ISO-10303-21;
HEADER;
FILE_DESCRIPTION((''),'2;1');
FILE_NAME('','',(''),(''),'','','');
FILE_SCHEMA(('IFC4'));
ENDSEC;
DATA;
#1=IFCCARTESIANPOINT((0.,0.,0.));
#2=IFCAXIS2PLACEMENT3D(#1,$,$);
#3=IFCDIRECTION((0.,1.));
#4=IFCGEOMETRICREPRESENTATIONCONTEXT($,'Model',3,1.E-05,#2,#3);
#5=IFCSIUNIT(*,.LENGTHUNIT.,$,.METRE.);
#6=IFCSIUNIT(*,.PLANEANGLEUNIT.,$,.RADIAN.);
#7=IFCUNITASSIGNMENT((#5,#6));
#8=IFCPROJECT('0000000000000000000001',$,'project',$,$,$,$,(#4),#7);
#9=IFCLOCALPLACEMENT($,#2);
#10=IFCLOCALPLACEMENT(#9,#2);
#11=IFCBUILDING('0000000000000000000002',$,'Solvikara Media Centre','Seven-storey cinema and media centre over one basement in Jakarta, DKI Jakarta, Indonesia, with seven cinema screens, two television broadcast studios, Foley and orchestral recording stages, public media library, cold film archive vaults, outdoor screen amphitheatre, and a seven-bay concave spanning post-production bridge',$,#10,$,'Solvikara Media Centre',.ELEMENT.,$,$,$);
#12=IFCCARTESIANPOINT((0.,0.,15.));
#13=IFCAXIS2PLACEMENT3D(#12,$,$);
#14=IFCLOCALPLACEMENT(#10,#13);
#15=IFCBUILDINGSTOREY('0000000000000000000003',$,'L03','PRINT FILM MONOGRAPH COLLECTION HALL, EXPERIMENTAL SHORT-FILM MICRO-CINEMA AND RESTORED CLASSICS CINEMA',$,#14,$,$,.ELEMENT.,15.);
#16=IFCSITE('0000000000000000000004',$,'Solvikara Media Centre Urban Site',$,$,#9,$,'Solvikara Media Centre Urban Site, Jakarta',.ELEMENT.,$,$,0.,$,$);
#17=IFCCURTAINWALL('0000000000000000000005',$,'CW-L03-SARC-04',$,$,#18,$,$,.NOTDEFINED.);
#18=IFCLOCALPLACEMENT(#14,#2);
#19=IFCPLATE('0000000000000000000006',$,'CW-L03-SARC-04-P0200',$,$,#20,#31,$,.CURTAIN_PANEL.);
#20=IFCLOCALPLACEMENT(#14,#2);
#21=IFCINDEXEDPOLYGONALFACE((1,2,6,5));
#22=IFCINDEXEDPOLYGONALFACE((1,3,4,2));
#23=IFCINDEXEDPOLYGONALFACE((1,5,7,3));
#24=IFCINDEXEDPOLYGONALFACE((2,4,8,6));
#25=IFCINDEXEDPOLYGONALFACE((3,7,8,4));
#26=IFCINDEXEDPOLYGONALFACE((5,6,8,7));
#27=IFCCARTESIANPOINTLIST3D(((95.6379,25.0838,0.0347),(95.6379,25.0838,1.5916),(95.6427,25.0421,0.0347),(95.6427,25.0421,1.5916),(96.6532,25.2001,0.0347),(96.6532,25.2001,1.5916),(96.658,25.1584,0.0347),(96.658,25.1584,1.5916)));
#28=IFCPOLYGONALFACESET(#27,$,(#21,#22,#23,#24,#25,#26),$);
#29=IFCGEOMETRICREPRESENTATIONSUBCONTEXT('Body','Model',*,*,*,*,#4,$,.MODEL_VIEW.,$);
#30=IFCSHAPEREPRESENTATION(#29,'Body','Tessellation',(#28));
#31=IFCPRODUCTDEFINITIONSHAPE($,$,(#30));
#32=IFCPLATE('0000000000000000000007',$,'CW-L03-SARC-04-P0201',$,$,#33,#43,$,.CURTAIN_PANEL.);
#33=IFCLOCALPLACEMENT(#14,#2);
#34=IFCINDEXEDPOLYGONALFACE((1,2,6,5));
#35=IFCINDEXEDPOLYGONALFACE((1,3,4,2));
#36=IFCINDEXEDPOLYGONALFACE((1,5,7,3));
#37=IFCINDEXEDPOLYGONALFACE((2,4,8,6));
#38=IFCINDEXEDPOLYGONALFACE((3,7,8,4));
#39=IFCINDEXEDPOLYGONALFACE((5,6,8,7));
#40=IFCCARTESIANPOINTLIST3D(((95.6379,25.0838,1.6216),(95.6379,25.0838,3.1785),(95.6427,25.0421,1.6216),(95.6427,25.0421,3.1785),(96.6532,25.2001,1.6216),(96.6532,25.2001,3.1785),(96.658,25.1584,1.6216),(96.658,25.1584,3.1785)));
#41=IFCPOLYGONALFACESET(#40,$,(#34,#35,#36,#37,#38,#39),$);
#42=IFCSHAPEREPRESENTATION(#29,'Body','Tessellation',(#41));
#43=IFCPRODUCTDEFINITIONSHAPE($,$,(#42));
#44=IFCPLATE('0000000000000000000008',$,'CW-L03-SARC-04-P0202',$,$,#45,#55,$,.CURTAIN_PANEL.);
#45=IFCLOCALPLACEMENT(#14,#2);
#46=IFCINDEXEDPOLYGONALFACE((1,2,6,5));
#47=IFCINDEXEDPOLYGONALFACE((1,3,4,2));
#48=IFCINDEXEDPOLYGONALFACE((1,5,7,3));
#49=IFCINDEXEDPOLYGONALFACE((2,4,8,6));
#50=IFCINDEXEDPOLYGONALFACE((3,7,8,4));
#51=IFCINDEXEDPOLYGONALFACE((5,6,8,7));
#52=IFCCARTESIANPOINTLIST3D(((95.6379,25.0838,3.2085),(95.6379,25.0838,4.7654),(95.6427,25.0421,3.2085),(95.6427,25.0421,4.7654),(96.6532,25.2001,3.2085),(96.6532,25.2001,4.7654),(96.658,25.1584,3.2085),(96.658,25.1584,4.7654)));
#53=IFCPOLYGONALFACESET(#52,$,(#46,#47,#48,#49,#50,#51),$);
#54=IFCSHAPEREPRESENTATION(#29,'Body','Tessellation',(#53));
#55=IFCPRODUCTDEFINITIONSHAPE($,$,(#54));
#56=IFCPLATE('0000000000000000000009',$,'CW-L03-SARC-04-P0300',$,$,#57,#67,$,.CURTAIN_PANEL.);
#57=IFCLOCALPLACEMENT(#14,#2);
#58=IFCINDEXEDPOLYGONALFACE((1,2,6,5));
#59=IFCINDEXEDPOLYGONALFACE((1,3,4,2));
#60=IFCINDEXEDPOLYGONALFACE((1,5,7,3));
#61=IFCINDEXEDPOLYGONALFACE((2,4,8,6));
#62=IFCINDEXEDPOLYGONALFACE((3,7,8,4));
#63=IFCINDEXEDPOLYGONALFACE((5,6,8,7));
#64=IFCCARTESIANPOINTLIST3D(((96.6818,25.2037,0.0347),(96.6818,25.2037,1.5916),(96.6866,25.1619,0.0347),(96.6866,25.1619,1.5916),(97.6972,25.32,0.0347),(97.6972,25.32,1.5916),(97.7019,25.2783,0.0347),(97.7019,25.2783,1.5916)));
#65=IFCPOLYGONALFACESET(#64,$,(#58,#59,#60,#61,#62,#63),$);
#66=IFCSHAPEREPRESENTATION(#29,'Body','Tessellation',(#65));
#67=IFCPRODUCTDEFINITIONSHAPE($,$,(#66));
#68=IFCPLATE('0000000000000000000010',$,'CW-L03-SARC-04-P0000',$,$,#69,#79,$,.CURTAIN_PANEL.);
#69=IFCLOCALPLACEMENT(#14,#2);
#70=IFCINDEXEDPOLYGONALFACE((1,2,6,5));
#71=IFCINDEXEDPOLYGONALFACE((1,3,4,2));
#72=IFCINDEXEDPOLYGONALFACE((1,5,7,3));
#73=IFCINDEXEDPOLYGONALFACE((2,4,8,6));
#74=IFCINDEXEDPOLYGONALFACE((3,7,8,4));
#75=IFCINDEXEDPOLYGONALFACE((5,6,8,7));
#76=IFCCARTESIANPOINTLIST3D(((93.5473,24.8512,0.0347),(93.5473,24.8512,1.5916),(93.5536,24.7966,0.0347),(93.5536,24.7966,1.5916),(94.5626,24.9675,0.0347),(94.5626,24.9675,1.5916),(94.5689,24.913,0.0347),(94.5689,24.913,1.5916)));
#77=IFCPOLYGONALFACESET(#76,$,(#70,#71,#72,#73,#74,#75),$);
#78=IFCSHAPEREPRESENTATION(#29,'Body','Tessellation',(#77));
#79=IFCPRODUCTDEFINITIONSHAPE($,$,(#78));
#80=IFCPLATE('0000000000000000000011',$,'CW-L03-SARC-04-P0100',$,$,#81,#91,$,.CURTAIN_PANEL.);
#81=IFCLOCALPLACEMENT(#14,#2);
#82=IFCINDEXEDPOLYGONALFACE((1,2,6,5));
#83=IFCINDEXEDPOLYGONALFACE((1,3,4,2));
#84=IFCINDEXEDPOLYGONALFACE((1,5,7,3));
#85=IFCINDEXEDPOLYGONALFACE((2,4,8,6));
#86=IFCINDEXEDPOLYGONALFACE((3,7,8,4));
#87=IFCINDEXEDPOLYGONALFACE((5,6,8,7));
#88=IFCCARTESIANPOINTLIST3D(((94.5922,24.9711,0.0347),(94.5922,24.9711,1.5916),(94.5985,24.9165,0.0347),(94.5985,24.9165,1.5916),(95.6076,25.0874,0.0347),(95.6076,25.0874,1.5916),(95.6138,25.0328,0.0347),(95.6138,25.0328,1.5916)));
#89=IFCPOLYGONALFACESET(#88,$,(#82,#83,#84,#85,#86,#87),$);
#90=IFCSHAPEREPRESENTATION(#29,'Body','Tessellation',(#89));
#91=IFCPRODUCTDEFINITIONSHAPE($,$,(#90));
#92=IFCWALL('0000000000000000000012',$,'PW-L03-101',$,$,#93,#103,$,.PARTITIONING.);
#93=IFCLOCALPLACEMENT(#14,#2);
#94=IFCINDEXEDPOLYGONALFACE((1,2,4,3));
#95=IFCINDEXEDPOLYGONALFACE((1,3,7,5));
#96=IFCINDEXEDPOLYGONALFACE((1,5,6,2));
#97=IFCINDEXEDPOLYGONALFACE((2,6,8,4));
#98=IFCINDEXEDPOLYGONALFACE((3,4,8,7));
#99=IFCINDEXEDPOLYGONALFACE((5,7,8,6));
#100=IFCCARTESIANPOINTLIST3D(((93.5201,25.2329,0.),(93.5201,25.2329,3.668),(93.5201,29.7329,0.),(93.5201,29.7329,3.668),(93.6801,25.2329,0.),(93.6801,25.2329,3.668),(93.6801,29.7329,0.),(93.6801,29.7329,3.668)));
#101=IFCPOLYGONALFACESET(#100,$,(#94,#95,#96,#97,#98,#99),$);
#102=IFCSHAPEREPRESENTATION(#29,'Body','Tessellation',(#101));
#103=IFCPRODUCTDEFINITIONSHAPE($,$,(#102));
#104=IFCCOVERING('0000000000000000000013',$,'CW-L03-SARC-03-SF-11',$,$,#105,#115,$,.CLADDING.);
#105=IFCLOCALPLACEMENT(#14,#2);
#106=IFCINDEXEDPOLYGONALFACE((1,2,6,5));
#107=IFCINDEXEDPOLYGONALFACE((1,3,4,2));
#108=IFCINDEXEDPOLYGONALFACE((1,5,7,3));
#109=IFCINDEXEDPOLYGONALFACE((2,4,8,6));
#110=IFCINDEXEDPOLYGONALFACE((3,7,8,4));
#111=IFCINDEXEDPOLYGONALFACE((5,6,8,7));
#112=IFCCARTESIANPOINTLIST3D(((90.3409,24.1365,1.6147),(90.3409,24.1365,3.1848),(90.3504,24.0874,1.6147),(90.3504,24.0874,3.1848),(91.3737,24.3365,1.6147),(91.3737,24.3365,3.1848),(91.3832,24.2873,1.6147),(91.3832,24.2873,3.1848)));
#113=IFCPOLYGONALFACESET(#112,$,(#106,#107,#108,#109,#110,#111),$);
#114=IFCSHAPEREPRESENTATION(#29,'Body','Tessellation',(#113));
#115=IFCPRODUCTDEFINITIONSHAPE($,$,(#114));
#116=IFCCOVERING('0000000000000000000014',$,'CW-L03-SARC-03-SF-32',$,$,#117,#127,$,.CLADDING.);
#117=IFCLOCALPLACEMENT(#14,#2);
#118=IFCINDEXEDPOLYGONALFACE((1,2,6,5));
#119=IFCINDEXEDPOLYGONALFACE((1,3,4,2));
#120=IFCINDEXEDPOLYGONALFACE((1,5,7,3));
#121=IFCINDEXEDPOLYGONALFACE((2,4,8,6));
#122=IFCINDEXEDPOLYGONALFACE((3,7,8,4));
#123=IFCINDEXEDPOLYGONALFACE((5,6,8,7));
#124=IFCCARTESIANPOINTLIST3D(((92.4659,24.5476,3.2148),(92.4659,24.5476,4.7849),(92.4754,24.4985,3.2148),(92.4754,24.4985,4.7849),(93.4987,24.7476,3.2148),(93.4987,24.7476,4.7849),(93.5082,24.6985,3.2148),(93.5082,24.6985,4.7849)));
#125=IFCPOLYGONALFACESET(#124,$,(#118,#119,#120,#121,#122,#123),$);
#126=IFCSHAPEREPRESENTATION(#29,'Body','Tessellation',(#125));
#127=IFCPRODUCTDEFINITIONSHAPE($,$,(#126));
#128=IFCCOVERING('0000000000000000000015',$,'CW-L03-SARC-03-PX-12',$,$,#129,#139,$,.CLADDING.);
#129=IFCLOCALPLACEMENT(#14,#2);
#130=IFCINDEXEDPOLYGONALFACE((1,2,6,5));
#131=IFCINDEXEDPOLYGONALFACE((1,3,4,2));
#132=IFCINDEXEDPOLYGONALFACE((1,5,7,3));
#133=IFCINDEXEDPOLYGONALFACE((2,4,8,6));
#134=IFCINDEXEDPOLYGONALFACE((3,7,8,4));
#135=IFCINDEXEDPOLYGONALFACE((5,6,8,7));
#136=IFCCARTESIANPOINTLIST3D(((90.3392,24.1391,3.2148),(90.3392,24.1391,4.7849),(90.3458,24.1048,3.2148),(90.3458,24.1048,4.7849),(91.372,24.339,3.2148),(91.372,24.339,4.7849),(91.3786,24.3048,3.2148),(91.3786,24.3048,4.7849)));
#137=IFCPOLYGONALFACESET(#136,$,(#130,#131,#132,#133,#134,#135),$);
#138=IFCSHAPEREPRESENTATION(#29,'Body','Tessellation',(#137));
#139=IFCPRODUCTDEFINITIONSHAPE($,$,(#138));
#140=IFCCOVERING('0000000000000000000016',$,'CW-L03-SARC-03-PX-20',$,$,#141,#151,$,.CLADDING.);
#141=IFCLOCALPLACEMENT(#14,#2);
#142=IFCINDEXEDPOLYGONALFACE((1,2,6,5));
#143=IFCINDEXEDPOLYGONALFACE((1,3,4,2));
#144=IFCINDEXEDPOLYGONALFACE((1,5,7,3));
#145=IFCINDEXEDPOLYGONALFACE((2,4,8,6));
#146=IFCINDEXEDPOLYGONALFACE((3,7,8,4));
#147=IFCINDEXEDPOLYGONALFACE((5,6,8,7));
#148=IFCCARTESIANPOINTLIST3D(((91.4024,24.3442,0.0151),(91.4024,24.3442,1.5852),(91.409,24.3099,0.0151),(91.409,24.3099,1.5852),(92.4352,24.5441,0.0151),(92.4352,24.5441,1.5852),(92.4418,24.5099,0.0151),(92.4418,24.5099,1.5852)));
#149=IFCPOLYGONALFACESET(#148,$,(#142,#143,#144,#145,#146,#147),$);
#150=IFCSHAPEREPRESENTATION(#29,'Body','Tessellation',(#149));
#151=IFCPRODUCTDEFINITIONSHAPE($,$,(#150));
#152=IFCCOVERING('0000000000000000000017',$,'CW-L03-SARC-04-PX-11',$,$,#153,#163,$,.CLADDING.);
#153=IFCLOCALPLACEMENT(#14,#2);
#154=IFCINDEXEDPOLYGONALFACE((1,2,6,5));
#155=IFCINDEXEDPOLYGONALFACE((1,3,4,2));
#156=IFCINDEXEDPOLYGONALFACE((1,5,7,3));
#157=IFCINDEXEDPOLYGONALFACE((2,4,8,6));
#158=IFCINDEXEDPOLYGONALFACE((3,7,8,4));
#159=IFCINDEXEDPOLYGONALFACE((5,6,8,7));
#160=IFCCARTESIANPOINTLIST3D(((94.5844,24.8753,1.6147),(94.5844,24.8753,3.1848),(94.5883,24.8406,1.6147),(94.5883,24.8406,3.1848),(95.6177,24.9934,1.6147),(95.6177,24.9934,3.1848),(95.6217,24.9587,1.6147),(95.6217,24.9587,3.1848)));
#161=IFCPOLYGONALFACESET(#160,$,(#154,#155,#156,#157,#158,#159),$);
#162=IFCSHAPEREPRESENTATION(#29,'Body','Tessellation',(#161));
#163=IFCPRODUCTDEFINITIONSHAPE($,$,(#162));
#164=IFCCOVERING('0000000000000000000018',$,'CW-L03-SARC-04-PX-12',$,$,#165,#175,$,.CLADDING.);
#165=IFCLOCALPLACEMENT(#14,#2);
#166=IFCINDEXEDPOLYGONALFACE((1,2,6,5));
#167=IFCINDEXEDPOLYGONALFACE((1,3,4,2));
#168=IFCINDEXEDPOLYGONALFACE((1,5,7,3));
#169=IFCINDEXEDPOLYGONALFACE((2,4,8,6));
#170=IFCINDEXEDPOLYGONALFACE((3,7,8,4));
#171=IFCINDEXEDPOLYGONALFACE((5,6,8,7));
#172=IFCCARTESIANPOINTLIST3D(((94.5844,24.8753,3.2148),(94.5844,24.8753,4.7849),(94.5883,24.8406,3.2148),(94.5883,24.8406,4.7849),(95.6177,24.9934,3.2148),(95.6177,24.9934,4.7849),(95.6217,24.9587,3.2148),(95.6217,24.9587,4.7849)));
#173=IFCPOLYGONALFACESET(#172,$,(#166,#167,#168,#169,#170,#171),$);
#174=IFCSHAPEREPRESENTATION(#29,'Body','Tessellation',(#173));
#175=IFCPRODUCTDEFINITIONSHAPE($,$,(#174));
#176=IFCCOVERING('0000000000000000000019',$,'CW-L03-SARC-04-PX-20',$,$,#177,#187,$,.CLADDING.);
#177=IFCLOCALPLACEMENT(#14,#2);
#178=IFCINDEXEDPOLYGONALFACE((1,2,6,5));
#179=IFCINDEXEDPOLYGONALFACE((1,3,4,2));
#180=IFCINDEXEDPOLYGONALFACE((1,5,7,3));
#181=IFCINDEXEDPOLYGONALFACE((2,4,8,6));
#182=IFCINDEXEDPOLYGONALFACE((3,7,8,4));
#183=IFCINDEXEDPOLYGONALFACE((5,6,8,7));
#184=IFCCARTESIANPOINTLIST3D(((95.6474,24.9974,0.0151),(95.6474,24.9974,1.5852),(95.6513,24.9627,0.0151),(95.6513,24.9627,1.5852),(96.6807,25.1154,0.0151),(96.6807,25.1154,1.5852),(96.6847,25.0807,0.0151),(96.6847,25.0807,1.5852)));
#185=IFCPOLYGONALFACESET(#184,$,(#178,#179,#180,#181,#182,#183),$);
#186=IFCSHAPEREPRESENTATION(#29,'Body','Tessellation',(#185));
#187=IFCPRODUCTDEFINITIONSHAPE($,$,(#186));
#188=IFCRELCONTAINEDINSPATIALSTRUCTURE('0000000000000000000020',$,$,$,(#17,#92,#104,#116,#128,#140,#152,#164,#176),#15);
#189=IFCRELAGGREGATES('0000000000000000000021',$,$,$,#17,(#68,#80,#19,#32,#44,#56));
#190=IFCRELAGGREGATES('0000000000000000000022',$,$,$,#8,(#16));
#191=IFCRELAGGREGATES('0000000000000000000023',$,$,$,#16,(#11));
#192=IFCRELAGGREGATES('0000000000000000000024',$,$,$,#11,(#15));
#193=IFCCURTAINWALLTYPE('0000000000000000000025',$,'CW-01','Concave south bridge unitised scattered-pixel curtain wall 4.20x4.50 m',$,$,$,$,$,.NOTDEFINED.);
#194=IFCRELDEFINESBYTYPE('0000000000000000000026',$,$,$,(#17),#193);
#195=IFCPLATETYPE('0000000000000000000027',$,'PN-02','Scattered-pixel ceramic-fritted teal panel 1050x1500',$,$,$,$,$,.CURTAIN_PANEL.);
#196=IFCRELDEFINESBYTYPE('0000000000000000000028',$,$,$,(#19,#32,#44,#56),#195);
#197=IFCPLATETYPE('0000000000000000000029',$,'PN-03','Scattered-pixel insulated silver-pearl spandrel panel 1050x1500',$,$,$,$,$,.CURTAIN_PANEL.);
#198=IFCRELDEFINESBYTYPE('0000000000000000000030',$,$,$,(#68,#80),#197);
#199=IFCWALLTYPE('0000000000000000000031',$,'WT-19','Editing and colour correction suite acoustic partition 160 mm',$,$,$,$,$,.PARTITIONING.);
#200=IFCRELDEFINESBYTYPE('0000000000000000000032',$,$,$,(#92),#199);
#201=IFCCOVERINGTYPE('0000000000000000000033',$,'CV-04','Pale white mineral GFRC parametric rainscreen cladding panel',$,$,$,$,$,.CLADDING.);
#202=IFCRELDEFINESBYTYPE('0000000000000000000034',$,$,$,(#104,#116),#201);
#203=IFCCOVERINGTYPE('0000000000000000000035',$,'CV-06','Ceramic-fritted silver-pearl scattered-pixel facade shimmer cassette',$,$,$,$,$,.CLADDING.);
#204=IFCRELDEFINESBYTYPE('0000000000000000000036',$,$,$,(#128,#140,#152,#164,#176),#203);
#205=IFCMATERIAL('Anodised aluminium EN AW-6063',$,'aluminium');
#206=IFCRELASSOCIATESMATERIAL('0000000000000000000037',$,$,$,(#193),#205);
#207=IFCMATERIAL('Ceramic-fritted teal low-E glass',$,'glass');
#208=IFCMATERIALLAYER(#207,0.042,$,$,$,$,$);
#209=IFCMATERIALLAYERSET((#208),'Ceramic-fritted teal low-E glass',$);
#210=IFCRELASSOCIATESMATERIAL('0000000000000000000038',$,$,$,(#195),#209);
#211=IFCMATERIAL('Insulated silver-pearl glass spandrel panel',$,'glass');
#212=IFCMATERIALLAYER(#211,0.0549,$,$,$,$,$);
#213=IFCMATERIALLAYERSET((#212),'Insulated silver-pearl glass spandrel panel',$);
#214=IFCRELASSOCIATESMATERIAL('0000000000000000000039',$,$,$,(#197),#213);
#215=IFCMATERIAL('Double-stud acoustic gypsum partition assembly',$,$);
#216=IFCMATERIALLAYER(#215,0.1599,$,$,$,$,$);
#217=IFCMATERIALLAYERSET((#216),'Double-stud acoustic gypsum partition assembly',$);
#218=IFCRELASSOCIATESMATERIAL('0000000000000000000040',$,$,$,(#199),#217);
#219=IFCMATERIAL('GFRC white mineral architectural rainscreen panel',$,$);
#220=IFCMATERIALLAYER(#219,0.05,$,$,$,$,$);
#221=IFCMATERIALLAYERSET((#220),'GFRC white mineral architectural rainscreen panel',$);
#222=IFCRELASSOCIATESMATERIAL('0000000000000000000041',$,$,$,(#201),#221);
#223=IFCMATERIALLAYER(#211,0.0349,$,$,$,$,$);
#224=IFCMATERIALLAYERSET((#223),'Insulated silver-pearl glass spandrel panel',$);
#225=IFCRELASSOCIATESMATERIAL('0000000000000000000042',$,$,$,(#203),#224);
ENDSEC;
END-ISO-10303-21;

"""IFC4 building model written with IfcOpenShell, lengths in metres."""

from ifc_helpers import new_model, si_unit, direction, frame, frame_2d, origin, origin_2d, place, context, subcontext, project, spatial, rectangle, extrude, material, layer, layer_set, type_object, element, aggregate, save


model = new_model("IFC4")

# Units and contexts
model_context = context("Model", 3, precision=1e-05, world=origin(), true_north=direction((0.0, 1.0)))
body_context = subcontext(model_context, "Body", "Model", "MODEL_VIEW")
ifc_project = project(units=[si_unit("LENGTHUNIT", "METRE"), si_unit("PLANEANGLEUNIT", "RADIAN")], contexts=[model_context])

# Site, building, storey
site_placement = place(None, origin())
site = spatial("IfcSite", under=ifc_project, at=site_placement, Name="Solvikara Media Centre Urban Site", LongName="Solvikara Media Centre Urban Site, Jakarta", CompositionType="ELEMENT", RefElevation=0.0)
building_placement = place(site_placement, origin())
building = spatial("IfcBuilding", under=site, at=building_placement, Name="Solvikara Media Centre", Description="Seven-storey cinema and media centre over one basement in Jakarta, DKI Jakarta, Indonesia, with seven cinema screens, two television broadcast studios, Foley and orchestral recording stages, public media library, cold film archive vaults, outdoor screen amphitheatre, and a seven-bay concave spanning post-production bridge", LongName="Solvikara Media Centre", CompositionType="ELEMENT")
storey_placement = place(building_placement, frame((0.0, 0.0, 15.0)))
storey = spatial("IfcBuildingStorey", under=building, at=storey_placement, Name="L03", Description="PRINT FILM MONOGRAPH COLLECTION HALL, EXPERIMENTAL SHORT-FILM MICRO-CINEMA AND RESTORED CLASSICS CINEMA", CompositionType="ELEMENT", Elevation=15.0)

# Curtain wall
ifc_material_1 = material(Name="Anodised aluminium EN AW-6063", Category="aluminium")
curtain_wall_type = type_object("IfcCurtainWallType", Name="CW-01", Description="Concave south bridge unitised scattered-pixel curtain wall 4.20x4.50 m", PredefinedType="NOTDEFINED", material=ifc_material_1)
curtain_wall_1_placement = place(storey_placement, origin())
curtain_wall_1 = element("IfcCurtainWall", 1, at=curtain_wall_1_placement, inside=storey, type_object=curtain_wall_type, Name="CW-L03-SARC-04", PredefinedType="NOTDEFINED")

# Plates
ifc_material_2 = material(Name="Ceramic-fritted teal low-E glass", Category="glass")
ifc_layer_1 = layer(ifc_material_2, 0.042)
ifc_layer_set_1 = layer_set([ifc_layer_1], Name="Ceramic-fritted teal low-E glass")
plate_type_1 = type_object("IfcPlateType", Name="PN-02", Description="Scattered-pixel ceramic-fritted teal panel 1050x1500", PredefinedType="CURTAIN_PANEL", material=ifc_layer_set_1)
plate_1_placement = place(storey_placement, frame((96.1479, 25.1211, 0.0347), z_axis=(0.0, 0.0, 1.0), x_axis=(0.993499, 0.113845, 0.0)))
plate_1 = element("IfcPlate", 2, at=plate_1_placement, type_object=plate_type_1, Name="CW-L03-SARC-04-P0200", PredefinedType="CURTAIN_PANEL", context=body_context, shape_type="SweptSolid", body=[
    extrude(rectangle(XDim=1.022, YDim=0.042, at=origin_2d()), origin(), (0.0, 0.0, 1.0), 1.5569),
])
plate_2_placement = place(storey_placement, frame((96.1479, 25.1211, 1.6216), z_axis=(0.0, 0.0, 1.0), x_axis=(0.993499, 0.113845, 0.0)))
plate_2 = element("IfcPlate", 3, at=plate_2_placement, type_object=plate_type_1, Name="CW-L03-SARC-04-P0201", PredefinedType="CURTAIN_PANEL", context=body_context, shape_type="SweptSolid", body=[
    extrude(rectangle(XDim=1.022, YDim=0.042, at=origin_2d()), origin(), (0.0, 0.0, 1.0), 1.5569),
])
plate_3_placement = place(storey_placement, frame((96.1479, 25.1211, 3.2085), z_axis=(0.0, 0.0, 1.0), x_axis=(0.993499, 0.113845, 0.0)))
plate_3 = element("IfcPlate", 4, at=plate_3_placement, type_object=plate_type_1, Name="CW-L03-SARC-04-P0202", PredefinedType="CURTAIN_PANEL", context=body_context, shape_type="SweptSolid", body=[
    extrude(rectangle(XDim=1.022, YDim=0.042, at=origin_2d()), origin(), (0.0, 0.0, 1.0), 1.5569),
])
plate_4_placement = place(storey_placement, frame((97.1919, 25.241, 0.0347), z_axis=(0.0, 0.0, 1.0), x_axis=(0.993499, 0.113845, 0.0)))
plate_4 = element("IfcPlate", 5, at=plate_4_placement, type_object=plate_type_1, Name="CW-L03-SARC-04-P0300", PredefinedType="CURTAIN_PANEL", context=body_context, shape_type="SweptSolid", body=[
    extrude(rectangle(XDim=1.022, YDim=0.042, at=origin_2d()), origin(), (0.0, 0.0, 1.0), 1.5569),
])
ifc_material_3 = material(Name="Insulated silver-pearl glass spandrel panel", Category="glass")
ifc_layer_2 = layer(ifc_material_3, 0.0549)
ifc_layer_set_2 = layer_set([ifc_layer_2], Name="Insulated silver-pearl glass spandrel panel")
plate_type_2 = type_object("IfcPlateType", Name="PN-03", Description="Scattered-pixel insulated silver-pearl spandrel panel 1050x1500", PredefinedType="CURTAIN_PANEL", material=ifc_layer_set_2)
plate_5_placement = place(storey_placement, frame((94.0581, 24.8821, 0.0347), z_axis=(0.0, 0.0, 1.0), x_axis=(0.993499, 0.113845, 0.0)))
plate_5 = element("IfcPlate", 6, at=plate_5_placement, type_object=plate_type_2, Name="CW-L03-SARC-04-P0000", PredefinedType="CURTAIN_PANEL", context=body_context, shape_type="SweptSolid", body=[
    extrude(rectangle(XDim=1.022, YDim=0.0549, at=origin_2d()), origin(), (0.0, 0.0, 1.0), 1.5569),
])
plate_6_placement = place(storey_placement, frame((95.103, 25.002, 0.0347), z_axis=(0.0, 0.0, 1.0), x_axis=(0.993499, 0.113845, 0.0)))
plate_6 = element("IfcPlate", 7, at=plate_6_placement, type_object=plate_type_2, Name="CW-L03-SARC-04-P0100", PredefinedType="CURTAIN_PANEL", context=body_context, shape_type="SweptSolid", body=[
    extrude(rectangle(XDim=1.022, YDim=0.0549, at=origin_2d()), origin(), (0.0, 0.0, 1.0), 1.5569),
])
aggregate(curtain_wall_1, [plate_5, plate_6, plate_1, plate_2, plate_3, plate_4])

# Wall
ifc_material_4 = material(Name="Double-stud acoustic gypsum partition assembly")
ifc_layer_3 = layer(ifc_material_4, 0.1599)
ifc_layer_set_3 = layer_set([ifc_layer_3], Name="Double-stud acoustic gypsum partition assembly")
wall_type = type_object("IfcWallType", Name="WT-19", Description="Editing and colour correction suite acoustic partition 160 mm", PredefinedType="PARTITIONING", material=ifc_layer_set_3)
wall_placement = place(storey_placement, frame((93.6001, 25.2329, 0.0), z_axis=(0.0, 0.0, 1.0), x_axis=(0.0, 1.0, 0.0)))
element("IfcWall", 8, at=wall_placement, inside=storey, type_object=wall_type, Name="PW-L03-101", PredefinedType="PARTITIONING", context=body_context, shape_type="SweptSolid", body=[
    extrude(rectangle(XDim=4.5, YDim=0.1599, at=frame_2d((2.25, 0.0))), origin(), (0.0, 0.0, 1.0), 3.668),
])

# Coverings
ifc_material_5 = material(Name="GFRC white mineral architectural rainscreen panel")
ifc_layer_4 = layer(ifc_material_5, 0.05)
ifc_layer_set_4 = layer_set([ifc_layer_4], Name="GFRC white mineral architectural rainscreen panel")
covering_type_1 = type_object("IfcCoveringType", Name="CV-04", Description="Pale white mineral GFRC parametric rainscreen cladding panel", PredefinedType="CLADDING", material=ifc_layer_set_4)
for number, where, z_axis, x_axis, name in (
    (9, (90.8621, 24.2119, 1.6147), (0.0, 0.0, 1.0), (0.981767, 0.190089, 0.0), "CW-L03-SARC-03-SF-11"),
    (10, (92.9871, 24.623, 3.2148), (0.0, 0.0, 1.0), (0.981767, 0.190089, 0.0), "CW-L03-SARC-03-SF-32"),
):
    element("IfcCovering", number, at=place(storey_placement, frame(where, z_axis=z_axis, x_axis=x_axis)), inside=storey, type_object=covering_type_1, Name=name, PredefinedType="CLADDING", context=body_context, shape_type="SweptSolid", body=[
        extrude(rectangle(XDim=1.052, YDim=0.05, at=origin_2d()), origin(), (0.0, 0.0, 1.0), 1.5701),
    ])
ifc_layer_5 = layer(ifc_material_3, 0.0349)
ifc_layer_set_5 = layer_set([ifc_layer_5], Name="Insulated silver-pearl glass spandrel panel")
covering_type_2 = type_object("IfcCoveringType", Name="CV-06", Description="Ceramic-fritted silver-pearl scattered-pixel facade shimmer cassette", PredefinedType="CLADDING", material=ifc_layer_set_5)
for number, where, z_axis, x_axis, name in (
    (11, (90.8589, 24.2219, 3.2148), (0.0, 0.0, 1.0), (0.981767, 0.190089, 0.0), "CW-L03-SARC-03-PX-12"),
    (12, (91.9221, 24.427, 0.0151), (0.0, 0.0, 1.0), (0.981767, 0.190089, 0.0), "CW-L03-SARC-03-PX-20"),
):
    element("IfcCovering", number, at=place(storey_placement, frame(where, z_axis=z_axis, x_axis=x_axis)), inside=storey, type_object=covering_type_2, Name=name, PredefinedType="CLADDING", context=body_context, shape_type="SweptSolid", body=[
        extrude(rectangle(XDim=1.052, YDim=0.0349, at=origin_2d()), origin(), (0.0, 0.0, 1.0), 1.5701),
    ])
for number, where, z_axis, x_axis, name in (
    (13, (95.103, 24.917, 1.6147), (0.0, 0.0, 1.0), (0.993538, 0.113498, 0.0), "CW-L03-SARC-04-PX-11"),
    (14, (95.103, 24.917, 3.2148), (0.0, 0.0, 1.0), (0.993538, 0.113498, 0.0), "CW-L03-SARC-04-PX-12"),
    (15, (96.166, 25.0391, 0.0151), (0.0, 0.0, 1.0), (0.993538, 0.113498, 0.0), "CW-L03-SARC-04-PX-20"),
):
    element("IfcCovering", number, at=place(storey_placement, frame(where, z_axis=z_axis, x_axis=x_axis)), inside=storey, type_object=covering_type_2, Name=name, PredefinedType="CLADDING", context=body_context, shape_type="SweptSolid", body=[
        extrude(rectangle(XDim=1.04, YDim=0.0349, at=origin_2d()), origin(), (0.0, 0.0, 1.0), 1.5701),
    ])

save(model, "model.ifc")
